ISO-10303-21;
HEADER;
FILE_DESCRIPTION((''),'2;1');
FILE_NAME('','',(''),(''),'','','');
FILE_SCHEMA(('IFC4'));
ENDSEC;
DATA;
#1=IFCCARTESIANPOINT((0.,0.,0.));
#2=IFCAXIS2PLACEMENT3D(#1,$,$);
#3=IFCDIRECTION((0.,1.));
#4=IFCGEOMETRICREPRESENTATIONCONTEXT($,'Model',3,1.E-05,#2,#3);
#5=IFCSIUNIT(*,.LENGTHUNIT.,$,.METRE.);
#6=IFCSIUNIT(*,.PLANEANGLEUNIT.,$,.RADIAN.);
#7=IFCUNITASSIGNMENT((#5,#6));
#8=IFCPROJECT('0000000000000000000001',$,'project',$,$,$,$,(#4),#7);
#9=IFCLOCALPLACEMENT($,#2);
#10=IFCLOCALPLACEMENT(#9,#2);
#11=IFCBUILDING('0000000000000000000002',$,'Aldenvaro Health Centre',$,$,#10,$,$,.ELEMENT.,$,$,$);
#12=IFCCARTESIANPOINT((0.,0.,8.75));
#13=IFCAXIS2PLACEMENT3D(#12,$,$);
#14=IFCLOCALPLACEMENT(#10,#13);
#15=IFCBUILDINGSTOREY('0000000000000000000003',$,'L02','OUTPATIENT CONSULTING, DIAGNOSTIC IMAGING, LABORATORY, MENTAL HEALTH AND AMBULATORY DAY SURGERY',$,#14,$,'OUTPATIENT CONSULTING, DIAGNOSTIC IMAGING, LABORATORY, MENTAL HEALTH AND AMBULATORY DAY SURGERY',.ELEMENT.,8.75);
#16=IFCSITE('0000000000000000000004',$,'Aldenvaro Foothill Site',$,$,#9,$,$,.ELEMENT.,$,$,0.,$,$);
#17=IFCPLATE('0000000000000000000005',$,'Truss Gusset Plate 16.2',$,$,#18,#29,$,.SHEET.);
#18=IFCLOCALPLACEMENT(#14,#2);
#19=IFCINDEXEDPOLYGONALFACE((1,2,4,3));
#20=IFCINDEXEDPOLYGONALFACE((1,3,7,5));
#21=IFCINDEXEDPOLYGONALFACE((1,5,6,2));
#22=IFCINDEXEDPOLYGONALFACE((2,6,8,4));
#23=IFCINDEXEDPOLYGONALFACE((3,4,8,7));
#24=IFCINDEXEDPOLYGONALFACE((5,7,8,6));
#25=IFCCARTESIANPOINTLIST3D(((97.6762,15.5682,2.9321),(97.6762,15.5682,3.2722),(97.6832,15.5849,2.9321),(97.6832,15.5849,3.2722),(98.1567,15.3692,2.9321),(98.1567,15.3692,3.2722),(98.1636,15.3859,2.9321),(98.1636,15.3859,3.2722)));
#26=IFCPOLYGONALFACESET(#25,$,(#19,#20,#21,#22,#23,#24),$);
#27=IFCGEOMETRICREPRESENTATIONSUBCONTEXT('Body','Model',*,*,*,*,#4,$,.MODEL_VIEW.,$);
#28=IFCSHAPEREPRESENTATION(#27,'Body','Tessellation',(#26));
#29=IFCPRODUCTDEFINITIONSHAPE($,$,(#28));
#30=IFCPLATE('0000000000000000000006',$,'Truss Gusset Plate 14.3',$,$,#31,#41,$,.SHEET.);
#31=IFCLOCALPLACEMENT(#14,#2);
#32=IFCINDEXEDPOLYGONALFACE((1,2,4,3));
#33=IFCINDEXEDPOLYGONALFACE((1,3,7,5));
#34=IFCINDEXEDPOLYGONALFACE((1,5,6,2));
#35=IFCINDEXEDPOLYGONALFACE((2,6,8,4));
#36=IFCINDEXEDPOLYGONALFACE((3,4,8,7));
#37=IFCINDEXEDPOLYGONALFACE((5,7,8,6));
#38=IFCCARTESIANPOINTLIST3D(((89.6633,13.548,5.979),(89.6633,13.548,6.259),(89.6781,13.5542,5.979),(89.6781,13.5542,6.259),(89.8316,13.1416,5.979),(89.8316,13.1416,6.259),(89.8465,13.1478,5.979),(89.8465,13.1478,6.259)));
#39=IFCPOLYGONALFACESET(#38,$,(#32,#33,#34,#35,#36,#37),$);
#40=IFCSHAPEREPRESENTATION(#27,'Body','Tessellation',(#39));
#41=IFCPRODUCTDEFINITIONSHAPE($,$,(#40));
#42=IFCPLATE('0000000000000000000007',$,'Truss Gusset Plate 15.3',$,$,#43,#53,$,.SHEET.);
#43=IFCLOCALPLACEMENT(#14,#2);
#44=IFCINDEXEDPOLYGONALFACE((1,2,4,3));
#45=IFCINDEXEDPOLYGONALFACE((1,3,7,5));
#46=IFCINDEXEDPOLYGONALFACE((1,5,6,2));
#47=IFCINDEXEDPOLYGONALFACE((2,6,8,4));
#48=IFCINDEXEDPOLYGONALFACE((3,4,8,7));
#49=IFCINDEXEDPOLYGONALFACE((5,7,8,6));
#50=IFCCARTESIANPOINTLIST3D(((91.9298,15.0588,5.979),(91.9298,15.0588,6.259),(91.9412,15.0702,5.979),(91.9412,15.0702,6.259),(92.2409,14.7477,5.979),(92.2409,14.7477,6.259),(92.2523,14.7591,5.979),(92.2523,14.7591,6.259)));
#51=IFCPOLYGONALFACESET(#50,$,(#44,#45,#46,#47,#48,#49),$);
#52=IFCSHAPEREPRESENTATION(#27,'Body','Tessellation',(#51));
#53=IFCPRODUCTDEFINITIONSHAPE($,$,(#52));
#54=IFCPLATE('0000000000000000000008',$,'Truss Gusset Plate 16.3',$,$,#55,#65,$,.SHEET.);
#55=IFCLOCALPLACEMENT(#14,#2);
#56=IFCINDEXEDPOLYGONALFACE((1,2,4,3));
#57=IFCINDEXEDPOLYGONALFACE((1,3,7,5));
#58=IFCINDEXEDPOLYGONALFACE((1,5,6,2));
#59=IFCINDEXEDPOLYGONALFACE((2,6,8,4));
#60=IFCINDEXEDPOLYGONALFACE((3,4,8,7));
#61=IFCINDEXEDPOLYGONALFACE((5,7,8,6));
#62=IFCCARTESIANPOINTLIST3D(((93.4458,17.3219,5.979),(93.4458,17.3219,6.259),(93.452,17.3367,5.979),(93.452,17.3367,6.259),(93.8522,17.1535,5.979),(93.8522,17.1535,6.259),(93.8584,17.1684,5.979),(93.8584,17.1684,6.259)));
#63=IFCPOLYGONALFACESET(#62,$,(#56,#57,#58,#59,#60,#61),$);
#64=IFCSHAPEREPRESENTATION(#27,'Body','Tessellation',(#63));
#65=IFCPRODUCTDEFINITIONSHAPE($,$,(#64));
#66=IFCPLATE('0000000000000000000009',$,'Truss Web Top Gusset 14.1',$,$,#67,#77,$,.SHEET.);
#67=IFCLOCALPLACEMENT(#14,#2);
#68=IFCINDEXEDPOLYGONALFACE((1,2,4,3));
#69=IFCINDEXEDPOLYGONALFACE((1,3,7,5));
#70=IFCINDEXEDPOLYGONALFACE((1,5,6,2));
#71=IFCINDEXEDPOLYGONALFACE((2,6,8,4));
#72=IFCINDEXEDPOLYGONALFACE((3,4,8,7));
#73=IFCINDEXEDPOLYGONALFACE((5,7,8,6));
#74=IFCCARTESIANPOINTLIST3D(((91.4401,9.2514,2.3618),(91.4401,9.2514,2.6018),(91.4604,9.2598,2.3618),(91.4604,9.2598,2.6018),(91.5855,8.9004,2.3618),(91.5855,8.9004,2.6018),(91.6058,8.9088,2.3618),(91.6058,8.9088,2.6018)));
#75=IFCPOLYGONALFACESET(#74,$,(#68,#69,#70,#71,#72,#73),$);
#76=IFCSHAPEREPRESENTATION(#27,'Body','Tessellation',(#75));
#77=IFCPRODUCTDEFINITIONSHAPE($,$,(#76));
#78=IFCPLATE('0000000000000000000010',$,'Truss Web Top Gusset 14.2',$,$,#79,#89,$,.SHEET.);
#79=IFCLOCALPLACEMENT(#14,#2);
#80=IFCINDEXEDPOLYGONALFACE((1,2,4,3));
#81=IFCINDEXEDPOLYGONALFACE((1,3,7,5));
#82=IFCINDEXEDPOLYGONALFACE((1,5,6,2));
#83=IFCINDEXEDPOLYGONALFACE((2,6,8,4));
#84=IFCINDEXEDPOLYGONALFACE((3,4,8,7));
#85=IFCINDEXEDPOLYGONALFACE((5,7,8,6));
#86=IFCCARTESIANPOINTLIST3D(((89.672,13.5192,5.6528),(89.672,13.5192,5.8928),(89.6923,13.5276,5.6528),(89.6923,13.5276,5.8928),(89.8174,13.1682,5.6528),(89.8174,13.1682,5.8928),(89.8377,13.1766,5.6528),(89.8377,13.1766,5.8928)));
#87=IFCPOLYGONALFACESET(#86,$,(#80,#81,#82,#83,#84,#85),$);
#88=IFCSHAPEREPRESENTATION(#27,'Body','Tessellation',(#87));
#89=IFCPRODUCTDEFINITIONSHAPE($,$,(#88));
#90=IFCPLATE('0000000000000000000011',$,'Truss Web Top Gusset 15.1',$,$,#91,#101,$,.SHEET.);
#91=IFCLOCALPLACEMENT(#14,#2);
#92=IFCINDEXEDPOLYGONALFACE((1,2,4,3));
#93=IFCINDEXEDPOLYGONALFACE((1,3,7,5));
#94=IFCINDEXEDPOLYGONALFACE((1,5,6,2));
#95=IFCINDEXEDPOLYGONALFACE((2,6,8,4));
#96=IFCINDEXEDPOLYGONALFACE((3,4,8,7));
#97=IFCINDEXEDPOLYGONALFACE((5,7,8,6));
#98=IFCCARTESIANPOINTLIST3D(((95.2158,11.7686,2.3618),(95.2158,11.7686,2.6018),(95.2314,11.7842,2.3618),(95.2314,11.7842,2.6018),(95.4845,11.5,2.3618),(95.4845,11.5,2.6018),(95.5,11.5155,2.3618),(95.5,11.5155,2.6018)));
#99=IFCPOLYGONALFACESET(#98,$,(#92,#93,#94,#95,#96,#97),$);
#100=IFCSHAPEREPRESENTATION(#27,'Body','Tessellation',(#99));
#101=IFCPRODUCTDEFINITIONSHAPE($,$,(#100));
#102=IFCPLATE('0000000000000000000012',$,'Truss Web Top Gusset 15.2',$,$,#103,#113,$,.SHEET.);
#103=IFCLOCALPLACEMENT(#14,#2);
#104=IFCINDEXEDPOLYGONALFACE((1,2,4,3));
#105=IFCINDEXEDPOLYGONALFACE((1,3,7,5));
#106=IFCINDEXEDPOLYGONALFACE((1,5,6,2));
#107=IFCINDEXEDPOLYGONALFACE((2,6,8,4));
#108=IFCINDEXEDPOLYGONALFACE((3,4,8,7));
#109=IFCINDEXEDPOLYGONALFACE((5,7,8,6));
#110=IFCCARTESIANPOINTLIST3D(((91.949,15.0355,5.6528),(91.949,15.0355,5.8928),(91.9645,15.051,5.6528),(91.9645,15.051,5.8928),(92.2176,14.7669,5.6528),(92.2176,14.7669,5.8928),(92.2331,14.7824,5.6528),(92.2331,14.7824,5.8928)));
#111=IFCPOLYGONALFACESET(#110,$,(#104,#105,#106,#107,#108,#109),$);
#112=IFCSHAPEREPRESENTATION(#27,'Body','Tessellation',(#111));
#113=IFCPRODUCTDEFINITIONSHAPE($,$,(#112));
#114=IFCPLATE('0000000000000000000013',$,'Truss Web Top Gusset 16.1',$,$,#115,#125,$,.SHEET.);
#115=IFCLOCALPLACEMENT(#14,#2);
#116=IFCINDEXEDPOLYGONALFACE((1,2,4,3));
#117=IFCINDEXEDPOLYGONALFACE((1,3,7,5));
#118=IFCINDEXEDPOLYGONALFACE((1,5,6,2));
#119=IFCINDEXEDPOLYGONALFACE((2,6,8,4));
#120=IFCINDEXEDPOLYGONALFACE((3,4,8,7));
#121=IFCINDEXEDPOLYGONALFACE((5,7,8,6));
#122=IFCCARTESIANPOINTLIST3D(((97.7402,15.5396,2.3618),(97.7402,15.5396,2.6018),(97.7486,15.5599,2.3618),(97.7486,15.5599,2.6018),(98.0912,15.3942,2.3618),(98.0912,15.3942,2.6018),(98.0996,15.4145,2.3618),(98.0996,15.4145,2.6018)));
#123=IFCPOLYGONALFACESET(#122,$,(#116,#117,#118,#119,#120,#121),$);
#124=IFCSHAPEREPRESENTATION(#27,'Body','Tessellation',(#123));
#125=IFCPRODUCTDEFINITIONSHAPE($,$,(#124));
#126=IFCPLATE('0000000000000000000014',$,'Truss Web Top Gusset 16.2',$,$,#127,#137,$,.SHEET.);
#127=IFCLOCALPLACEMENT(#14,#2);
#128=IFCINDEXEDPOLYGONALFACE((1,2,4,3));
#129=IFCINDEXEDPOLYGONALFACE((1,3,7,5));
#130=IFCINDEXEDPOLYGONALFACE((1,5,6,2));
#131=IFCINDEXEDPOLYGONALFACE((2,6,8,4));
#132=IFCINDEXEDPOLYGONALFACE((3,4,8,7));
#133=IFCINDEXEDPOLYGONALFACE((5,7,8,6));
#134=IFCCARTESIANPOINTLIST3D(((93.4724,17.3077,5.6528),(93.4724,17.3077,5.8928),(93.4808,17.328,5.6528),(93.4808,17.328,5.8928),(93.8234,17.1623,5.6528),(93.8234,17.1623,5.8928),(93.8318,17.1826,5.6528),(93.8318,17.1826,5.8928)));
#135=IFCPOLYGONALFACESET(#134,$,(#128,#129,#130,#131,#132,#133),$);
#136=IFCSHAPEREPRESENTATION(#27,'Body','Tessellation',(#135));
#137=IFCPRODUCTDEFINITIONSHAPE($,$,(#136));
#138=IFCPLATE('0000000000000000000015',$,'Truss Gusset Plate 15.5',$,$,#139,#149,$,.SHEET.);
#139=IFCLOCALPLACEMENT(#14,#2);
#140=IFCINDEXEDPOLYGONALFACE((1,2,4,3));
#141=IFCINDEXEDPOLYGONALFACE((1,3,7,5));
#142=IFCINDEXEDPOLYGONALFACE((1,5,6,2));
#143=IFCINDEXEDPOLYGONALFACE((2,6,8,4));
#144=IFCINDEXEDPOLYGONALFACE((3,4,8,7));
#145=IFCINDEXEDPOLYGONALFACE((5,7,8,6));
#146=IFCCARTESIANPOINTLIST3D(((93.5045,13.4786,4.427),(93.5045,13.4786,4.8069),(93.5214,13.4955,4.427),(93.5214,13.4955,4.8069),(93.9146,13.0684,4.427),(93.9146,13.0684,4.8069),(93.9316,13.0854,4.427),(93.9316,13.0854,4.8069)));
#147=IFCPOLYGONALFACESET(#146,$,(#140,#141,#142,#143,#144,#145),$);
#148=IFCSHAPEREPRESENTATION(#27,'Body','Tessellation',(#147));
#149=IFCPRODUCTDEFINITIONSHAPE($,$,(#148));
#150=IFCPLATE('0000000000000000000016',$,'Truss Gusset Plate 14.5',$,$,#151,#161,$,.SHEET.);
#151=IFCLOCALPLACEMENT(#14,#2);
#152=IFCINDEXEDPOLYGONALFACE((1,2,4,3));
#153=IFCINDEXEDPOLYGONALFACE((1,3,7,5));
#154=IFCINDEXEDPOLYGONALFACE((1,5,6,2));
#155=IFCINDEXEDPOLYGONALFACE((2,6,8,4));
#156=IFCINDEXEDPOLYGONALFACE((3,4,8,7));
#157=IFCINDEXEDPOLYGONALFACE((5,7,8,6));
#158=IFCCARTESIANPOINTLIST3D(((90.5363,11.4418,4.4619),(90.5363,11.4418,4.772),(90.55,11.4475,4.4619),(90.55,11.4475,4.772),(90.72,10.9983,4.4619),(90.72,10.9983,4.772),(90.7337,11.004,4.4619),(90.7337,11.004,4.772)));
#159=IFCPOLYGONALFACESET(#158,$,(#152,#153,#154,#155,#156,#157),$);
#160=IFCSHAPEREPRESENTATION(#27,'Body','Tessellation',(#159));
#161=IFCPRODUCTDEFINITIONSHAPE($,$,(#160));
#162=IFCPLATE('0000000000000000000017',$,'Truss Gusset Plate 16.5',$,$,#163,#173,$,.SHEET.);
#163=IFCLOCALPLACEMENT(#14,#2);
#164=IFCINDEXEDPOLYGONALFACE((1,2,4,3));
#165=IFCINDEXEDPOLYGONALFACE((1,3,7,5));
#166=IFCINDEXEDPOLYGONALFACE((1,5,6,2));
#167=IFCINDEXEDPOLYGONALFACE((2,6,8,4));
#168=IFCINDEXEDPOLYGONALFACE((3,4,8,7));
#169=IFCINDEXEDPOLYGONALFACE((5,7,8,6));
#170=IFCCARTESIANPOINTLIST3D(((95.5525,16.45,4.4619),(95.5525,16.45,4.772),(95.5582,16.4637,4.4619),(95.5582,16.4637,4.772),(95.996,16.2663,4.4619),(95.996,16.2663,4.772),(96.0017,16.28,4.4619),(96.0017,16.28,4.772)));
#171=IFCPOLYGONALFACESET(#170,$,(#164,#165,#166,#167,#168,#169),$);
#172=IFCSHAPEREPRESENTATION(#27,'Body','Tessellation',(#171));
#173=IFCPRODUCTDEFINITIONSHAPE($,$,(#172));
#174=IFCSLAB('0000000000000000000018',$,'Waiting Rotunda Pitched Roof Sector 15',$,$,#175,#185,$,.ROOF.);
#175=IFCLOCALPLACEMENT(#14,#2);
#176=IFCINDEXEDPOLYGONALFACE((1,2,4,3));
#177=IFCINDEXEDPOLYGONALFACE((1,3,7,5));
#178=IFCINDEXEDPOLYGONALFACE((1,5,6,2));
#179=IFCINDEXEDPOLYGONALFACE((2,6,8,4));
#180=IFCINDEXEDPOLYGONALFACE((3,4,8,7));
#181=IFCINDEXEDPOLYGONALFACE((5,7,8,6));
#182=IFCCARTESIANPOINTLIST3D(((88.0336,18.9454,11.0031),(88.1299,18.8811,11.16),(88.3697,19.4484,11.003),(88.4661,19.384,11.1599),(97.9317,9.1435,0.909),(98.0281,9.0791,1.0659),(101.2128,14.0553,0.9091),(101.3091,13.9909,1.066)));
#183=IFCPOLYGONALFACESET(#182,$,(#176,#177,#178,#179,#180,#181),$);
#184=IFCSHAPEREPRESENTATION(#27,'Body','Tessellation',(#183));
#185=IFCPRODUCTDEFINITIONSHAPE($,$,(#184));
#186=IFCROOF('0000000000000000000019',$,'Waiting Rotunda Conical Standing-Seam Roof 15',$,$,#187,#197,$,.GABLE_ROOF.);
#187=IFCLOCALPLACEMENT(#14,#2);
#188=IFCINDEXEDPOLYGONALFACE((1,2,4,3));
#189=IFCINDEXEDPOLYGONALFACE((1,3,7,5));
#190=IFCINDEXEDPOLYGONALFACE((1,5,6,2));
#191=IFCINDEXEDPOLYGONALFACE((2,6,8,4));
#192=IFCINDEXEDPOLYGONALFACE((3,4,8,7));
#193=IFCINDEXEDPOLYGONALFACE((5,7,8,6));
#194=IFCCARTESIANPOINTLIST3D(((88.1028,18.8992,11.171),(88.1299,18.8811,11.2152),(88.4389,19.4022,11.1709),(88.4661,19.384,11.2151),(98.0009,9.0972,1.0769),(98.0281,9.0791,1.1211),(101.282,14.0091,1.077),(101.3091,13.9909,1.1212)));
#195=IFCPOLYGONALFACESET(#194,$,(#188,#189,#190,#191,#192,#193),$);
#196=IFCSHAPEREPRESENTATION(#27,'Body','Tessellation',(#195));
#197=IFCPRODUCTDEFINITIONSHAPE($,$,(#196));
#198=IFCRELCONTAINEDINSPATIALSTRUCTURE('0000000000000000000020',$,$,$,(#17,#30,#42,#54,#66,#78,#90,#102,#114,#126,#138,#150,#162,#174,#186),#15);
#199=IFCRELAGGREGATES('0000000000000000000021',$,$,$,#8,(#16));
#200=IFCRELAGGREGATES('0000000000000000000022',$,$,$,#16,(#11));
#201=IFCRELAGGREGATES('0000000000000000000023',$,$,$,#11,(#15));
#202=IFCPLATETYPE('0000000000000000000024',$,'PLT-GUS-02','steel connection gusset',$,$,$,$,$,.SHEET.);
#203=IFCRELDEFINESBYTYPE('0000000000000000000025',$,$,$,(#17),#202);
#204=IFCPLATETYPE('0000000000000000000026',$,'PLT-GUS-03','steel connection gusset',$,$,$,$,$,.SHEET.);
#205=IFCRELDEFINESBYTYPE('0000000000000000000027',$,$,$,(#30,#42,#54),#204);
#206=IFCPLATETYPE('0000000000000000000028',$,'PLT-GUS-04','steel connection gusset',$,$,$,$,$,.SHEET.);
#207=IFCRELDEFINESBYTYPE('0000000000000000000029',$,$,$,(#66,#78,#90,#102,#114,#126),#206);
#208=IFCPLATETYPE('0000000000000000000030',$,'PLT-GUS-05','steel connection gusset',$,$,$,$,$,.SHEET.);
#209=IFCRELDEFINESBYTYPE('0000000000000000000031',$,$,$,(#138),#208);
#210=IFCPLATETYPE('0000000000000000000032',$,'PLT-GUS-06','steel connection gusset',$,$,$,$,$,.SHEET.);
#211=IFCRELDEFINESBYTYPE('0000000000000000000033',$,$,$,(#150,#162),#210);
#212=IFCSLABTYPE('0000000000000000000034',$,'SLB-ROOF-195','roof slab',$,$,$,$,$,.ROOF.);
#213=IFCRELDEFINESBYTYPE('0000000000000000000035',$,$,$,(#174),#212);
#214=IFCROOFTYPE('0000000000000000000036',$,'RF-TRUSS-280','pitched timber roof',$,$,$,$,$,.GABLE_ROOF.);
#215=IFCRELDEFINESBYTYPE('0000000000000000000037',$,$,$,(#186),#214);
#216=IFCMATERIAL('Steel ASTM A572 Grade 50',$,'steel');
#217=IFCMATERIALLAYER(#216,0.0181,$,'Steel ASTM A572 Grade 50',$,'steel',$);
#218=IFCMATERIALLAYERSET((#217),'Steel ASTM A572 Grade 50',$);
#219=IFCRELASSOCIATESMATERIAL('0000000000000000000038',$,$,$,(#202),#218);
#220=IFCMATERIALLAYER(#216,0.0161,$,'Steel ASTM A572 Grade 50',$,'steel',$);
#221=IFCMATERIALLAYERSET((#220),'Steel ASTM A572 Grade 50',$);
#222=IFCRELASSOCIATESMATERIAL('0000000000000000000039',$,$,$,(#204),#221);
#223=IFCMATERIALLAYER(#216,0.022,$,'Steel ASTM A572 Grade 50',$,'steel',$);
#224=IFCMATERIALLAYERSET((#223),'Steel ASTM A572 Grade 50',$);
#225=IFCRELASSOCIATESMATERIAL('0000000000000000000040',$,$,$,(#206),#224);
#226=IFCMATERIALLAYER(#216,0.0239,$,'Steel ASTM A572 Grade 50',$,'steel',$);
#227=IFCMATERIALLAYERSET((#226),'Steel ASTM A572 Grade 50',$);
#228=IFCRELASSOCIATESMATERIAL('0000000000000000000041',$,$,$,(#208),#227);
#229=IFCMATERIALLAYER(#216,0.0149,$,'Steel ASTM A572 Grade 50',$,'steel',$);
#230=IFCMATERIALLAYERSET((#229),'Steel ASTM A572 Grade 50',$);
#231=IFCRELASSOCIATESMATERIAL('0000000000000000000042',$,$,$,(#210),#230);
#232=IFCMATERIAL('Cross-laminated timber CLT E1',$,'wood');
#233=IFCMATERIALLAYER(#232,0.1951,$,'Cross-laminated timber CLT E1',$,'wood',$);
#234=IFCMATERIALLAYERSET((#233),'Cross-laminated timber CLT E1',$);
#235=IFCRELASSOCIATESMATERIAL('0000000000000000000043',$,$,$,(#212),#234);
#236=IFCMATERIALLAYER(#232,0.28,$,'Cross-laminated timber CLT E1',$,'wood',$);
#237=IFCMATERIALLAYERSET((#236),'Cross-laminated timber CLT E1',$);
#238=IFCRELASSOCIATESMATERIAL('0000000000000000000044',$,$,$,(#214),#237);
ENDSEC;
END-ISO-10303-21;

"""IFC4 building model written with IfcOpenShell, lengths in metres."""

from ifc_helpers import new_model, si_unit, direction, frame, origin, origin_2d, place, context, subcontext, project, spatial, polyline, rectangle, outline, extrude, material, layer, layer_set, type_object, element, save


model = new_model("IFC4")

# Units and contexts
model_context = context("Model", 3, precision=1e-05, world=origin(), true_north=direction((0.0, 1.0)))
body_context = subcontext(model_context, "Body", "Model", "MODEL_VIEW")
ifc_project = project(units=[si_unit("LENGTHUNIT", "METRE"), si_unit("PLANEANGLEUNIT", "RADIAN")], contexts=[model_context])

# Site, building, storey
site_placement = place(None, origin())
site = spatial("IfcSite", under=ifc_project, at=site_placement, Name="Aldenvaro Foothill Site", CompositionType="ELEMENT", RefElevation=0.0)
building_placement = place(site_placement, origin())
building = spatial("IfcBuilding", under=site, at=building_placement, Name="Aldenvaro Health Centre", CompositionType="ELEMENT")
storey_placement = place(building_placement, frame((0.0, 0.0, 8.75)))
storey = spatial("IfcBuildingStorey", under=building, at=storey_placement, Name="L02", Description="OUTPATIENT CONSULTING, DIAGNOSTIC IMAGING, LABORATORY, MENTAL HEALTH AND AMBULATORY DAY SURGERY", LongName="OUTPATIENT CONSULTING, DIAGNOSTIC IMAGING, LABORATORY, MENTAL HEALTH AND AMBULATORY DAY SURGERY", CompositionType="ELEMENT", Elevation=8.75)

# Plates
ifc_material_1 = material(Name="Steel ASTM A572 Grade 50", Category="steel")
ifc_layer_1 = layer(ifc_material_1, 0.0181, Name="Steel ASTM A572 Grade 50", Category="steel")
ifc_layer_set_1 = layer_set([ifc_layer_1], Name="Steel ASTM A572 Grade 50")
plate_type_1 = type_object("IfcPlateType", Name="PLT-GUS-02", Description="steel connection gusset", PredefinedType="SHEET", material=ifc_layer_set_1)
for number, where, z_axis, x_axis, name in (
    (1, (97.9199, 15.4771, 2.9321), (0.0, 0.0, 1.0), (0.92388, -0.382683, 0.0), "Truss Gusset Plate 16.2"),
):
    element("IfcPlate", number, at=place(storey_placement, frame(where, z_axis=z_axis, x_axis=x_axis)), inside=storey, type_object=plate_type_1, Name=name, PredefinedType="SHEET", context=body_context, shape_type="SweptSolid", body=[
        extrude(rectangle(XDim=0.52, YDim=0.0181, at=origin_2d()), origin(), (0.0, 0.0, 1.0), 0.3401),
    ])
ifc_layer_2 = layer(ifc_material_1, 0.0161, Name="Steel ASTM A572 Grade 50", Category="steel")
ifc_layer_set_2 = layer_set([ifc_layer_2], Name="Steel ASTM A572 Grade 50")
plate_type_2 = type_object("IfcPlateType", Name="PLT-GUS-03", Description="steel connection gusset", PredefinedType="SHEET", material=ifc_layer_set_2)
for number, where, z_axis, x_axis, name in (
    (2, (89.7549, 13.3479, 5.979), (0.0, 0.0, 1.0), (0.382683, -0.92388, 0.0), "Truss Gusset Plate 14.3"),
    (3, (92.0911, 14.9089, 5.979), (0.0, 0.0, 1.0), (0.707107, -0.707107, 0.0), "Truss Gusset Plate 15.3"),
    (4, (93.6521, 17.2451, 5.979), (0.0, 0.0, 1.0), (0.92388, -0.382683, 0.0), "Truss Gusset Plate 16.3"),
):
    element("IfcPlate", number, at=place(storey_placement, frame(where, z_axis=z_axis, x_axis=x_axis)), inside=storey, type_object=plate_type_2, Name=name, PredefinedType="SHEET", context=body_context, shape_type="SweptSolid", body=[
        extrude(rectangle(XDim=0.4399, YDim=0.0161, at=origin_2d()), origin(), (0.0, 0.0, 1.0), 0.28),
    ])
ifc_layer_3 = layer(ifc_material_1, 0.022, Name="Steel ASTM A572 Grade 50", Category="steel")
ifc_layer_set_3 = layer_set([ifc_layer_3], Name="Steel ASTM A572 Grade 50")
plate_type_3 = type_object("IfcPlateType", Name="PLT-GUS-04", Description="steel connection gusset", PredefinedType="SHEET", material=ifc_layer_set_3)
for number, where, z_axis, x_axis, name in (
    (5, (91.5229, 9.0801, 2.3618), (0.0, 0.0, 1.0), (0.382683, -0.92388, 0.0), "Truss Web Top Gusset 14.1"),
    (6, (89.7549, 13.3479, 5.6528), (0.0, 0.0, 1.0), (0.382683, -0.92388, 0.0), "Truss Web Top Gusset 14.2"),
    (7, (95.3579, 11.6421, 2.3618), (0.0, 0.0, 1.0), (0.707107, -0.707107, 0.0), "Truss Web Top Gusset 15.1"),
    (8, (92.0911, 14.9089, 5.6528), (0.0, 0.0, 1.0), (0.707107, -0.707107, 0.0), "Truss Web Top Gusset 15.2"),
    (9, (97.9199, 15.4771, 2.3618), (0.0, 0.0, 1.0), (0.92388, -0.382683, 0.0), "Truss Web Top Gusset 16.1"),
    (10, (93.6521, 17.2451, 5.6528), (0.0, 0.0, 1.0), (0.92388, -0.382683, 0.0), "Truss Web Top Gusset 16.2"),
):
    element("IfcPlate", number, at=place(storey_placement, frame(where, z_axis=z_axis, x_axis=x_axis)), inside=storey, type_object=plate_type_3, Name=name, PredefinedType="SHEET", context=body_context, shape_type="SweptSolid", body=[
        extrude(rectangle(XDim=0.3799, YDim=0.022, at=origin_2d()), origin(), (0.0, 0.0, 1.0), 0.24),
    ])
ifc_layer_4 = layer(ifc_material_1, 0.0239, Name="Steel ASTM A572 Grade 50", Category="steel")
ifc_layer_set_4 = layer_set([ifc_layer_4], Name="Steel ASTM A572 Grade 50")
plate_type_4 = type_object("IfcPlateType", Name="PLT-GUS-05", Description="steel connection gusset", PredefinedType="SHEET", material=ifc_layer_set_4)
plate_placement = place(storey_placement, frame((93.718, 13.282, 4.427), z_axis=(0.0, 0.0, 1.0), x_axis=(0.707107, -0.707107, 0.0)))
element("IfcPlate", 11, at=plate_placement, inside=storey, type_object=plate_type_4, Name="Truss Gusset Plate 15.5", PredefinedType="SHEET", context=body_context, shape_type="SweptSolid", body=[
    extrude(rectangle(XDim=0.5801, YDim=0.0239, at=origin_2d()), origin(), (0.0, 0.0, 1.0), 0.3799),
])
ifc_layer_5 = layer(ifc_material_1, 0.0149, Name="Steel ASTM A572 Grade 50", Category="steel")
ifc_layer_set_5 = layer_set([ifc_layer_5], Name="Steel ASTM A572 Grade 50")
plate_type_5 = type_object("IfcPlateType", Name="PLT-GUS-06", Description="steel connection gusset", PredefinedType="SHEET", material=ifc_layer_set_5)
for number, where, z_axis, x_axis, name in (
    (12, (90.635, 11.2229, 4.4619), (0.0, 0.0, 1.0), (0.382683, -0.92388, 0.0), "Truss Gusset Plate 14.5"),
    (13, (95.7771, 16.365, 4.4619), (0.0, 0.0, 1.0), (0.92388, -0.382683, 0.0), "Truss Gusset Plate 16.5"),
):
    element("IfcPlate", number, at=place(storey_placement, frame(where, z_axis=z_axis, x_axis=x_axis)), inside=storey, type_object=plate_type_5, Name=name, PredefinedType="SHEET", context=body_context, shape_type="SweptSolid", body=[
        extrude(rectangle(XDim=0.48, YDim=0.0149, at=origin_2d()), origin(), (0.0, 0.0, 1.0), 0.3101),
    ])

# Slab
ifc_material_2 = material(Name="Cross-laminated timber CLT E1", Category="wood")
ifc_layer_6 = layer(ifc_material_2, 0.1951, Name="Cross-laminated timber CLT E1", Category="wood")
ifc_layer_set_6 = layer_set([ifc_layer_6], Name="Cross-laminated timber CLT E1")
slab_type = type_object("IfcSlabType", Name="SLB-ROOF-195", Description="roof slab", PredefinedType="ROOF", material=ifc_layer_set_6)
slab_placement = place(storey_placement, frame((98.0281, 9.0791, 1.0659), z_axis=(0.493817, -0.329879, 0.804565), x_axis=(0.555462, 0.831542, 0.000014)))
element("IfcSlab", 14, at=slab_placement, inside=storey, type_object=slab_type, Name="Waiting Rotunda Pitched Roof Sector 15", PredefinedType="ROOF", context=body_context, shape_type="SweptSolid", body=[
    extrude(outline(polyline([(0.0, 0.0), (5.9069, 0.0), (3.2578, 16.997), (2.6528, 16.9972), (0.0, 0.0)])), origin(), (0.0, 0.0, -1.0), 0.1951),
])

# Roof
ifc_layer_7 = layer(ifc_material_2, 0.28, Name="Cross-laminated timber CLT E1", Category="wood")
ifc_layer_set_7 = layer_set([ifc_layer_7], Name="Cross-laminated timber CLT E1")
roof_type = type_object("IfcRoofType", Name="RF-TRUSS-280", Description="pitched timber roof", PredefinedType="GABLE_ROOF", material=ifc_layer_set_7)
roof_placement = place(storey_placement, frame((98.0281, 9.0791, 1.1211), z_axis=(0.493817, -0.329879, 0.804565), x_axis=(0.555462, 0.831542, 0.000014)))
element("IfcRoof", 15, at=roof_placement, inside=storey, type_object=roof_type, Name="Waiting Rotunda Conical Standing-Seam Roof 15", PredefinedType="GABLE_ROOF", context=body_context, shape_type="SweptSolid", body=[
    extrude(outline(polyline([(0.0, 0.0), (5.9069, 0.0), (3.2578, 16.997), (2.6528, 16.9972), (0.0, 0.0)])), origin(), (0.0, 0.0, -1.0), 0.0549),
])

save(model, "model.ifc")
